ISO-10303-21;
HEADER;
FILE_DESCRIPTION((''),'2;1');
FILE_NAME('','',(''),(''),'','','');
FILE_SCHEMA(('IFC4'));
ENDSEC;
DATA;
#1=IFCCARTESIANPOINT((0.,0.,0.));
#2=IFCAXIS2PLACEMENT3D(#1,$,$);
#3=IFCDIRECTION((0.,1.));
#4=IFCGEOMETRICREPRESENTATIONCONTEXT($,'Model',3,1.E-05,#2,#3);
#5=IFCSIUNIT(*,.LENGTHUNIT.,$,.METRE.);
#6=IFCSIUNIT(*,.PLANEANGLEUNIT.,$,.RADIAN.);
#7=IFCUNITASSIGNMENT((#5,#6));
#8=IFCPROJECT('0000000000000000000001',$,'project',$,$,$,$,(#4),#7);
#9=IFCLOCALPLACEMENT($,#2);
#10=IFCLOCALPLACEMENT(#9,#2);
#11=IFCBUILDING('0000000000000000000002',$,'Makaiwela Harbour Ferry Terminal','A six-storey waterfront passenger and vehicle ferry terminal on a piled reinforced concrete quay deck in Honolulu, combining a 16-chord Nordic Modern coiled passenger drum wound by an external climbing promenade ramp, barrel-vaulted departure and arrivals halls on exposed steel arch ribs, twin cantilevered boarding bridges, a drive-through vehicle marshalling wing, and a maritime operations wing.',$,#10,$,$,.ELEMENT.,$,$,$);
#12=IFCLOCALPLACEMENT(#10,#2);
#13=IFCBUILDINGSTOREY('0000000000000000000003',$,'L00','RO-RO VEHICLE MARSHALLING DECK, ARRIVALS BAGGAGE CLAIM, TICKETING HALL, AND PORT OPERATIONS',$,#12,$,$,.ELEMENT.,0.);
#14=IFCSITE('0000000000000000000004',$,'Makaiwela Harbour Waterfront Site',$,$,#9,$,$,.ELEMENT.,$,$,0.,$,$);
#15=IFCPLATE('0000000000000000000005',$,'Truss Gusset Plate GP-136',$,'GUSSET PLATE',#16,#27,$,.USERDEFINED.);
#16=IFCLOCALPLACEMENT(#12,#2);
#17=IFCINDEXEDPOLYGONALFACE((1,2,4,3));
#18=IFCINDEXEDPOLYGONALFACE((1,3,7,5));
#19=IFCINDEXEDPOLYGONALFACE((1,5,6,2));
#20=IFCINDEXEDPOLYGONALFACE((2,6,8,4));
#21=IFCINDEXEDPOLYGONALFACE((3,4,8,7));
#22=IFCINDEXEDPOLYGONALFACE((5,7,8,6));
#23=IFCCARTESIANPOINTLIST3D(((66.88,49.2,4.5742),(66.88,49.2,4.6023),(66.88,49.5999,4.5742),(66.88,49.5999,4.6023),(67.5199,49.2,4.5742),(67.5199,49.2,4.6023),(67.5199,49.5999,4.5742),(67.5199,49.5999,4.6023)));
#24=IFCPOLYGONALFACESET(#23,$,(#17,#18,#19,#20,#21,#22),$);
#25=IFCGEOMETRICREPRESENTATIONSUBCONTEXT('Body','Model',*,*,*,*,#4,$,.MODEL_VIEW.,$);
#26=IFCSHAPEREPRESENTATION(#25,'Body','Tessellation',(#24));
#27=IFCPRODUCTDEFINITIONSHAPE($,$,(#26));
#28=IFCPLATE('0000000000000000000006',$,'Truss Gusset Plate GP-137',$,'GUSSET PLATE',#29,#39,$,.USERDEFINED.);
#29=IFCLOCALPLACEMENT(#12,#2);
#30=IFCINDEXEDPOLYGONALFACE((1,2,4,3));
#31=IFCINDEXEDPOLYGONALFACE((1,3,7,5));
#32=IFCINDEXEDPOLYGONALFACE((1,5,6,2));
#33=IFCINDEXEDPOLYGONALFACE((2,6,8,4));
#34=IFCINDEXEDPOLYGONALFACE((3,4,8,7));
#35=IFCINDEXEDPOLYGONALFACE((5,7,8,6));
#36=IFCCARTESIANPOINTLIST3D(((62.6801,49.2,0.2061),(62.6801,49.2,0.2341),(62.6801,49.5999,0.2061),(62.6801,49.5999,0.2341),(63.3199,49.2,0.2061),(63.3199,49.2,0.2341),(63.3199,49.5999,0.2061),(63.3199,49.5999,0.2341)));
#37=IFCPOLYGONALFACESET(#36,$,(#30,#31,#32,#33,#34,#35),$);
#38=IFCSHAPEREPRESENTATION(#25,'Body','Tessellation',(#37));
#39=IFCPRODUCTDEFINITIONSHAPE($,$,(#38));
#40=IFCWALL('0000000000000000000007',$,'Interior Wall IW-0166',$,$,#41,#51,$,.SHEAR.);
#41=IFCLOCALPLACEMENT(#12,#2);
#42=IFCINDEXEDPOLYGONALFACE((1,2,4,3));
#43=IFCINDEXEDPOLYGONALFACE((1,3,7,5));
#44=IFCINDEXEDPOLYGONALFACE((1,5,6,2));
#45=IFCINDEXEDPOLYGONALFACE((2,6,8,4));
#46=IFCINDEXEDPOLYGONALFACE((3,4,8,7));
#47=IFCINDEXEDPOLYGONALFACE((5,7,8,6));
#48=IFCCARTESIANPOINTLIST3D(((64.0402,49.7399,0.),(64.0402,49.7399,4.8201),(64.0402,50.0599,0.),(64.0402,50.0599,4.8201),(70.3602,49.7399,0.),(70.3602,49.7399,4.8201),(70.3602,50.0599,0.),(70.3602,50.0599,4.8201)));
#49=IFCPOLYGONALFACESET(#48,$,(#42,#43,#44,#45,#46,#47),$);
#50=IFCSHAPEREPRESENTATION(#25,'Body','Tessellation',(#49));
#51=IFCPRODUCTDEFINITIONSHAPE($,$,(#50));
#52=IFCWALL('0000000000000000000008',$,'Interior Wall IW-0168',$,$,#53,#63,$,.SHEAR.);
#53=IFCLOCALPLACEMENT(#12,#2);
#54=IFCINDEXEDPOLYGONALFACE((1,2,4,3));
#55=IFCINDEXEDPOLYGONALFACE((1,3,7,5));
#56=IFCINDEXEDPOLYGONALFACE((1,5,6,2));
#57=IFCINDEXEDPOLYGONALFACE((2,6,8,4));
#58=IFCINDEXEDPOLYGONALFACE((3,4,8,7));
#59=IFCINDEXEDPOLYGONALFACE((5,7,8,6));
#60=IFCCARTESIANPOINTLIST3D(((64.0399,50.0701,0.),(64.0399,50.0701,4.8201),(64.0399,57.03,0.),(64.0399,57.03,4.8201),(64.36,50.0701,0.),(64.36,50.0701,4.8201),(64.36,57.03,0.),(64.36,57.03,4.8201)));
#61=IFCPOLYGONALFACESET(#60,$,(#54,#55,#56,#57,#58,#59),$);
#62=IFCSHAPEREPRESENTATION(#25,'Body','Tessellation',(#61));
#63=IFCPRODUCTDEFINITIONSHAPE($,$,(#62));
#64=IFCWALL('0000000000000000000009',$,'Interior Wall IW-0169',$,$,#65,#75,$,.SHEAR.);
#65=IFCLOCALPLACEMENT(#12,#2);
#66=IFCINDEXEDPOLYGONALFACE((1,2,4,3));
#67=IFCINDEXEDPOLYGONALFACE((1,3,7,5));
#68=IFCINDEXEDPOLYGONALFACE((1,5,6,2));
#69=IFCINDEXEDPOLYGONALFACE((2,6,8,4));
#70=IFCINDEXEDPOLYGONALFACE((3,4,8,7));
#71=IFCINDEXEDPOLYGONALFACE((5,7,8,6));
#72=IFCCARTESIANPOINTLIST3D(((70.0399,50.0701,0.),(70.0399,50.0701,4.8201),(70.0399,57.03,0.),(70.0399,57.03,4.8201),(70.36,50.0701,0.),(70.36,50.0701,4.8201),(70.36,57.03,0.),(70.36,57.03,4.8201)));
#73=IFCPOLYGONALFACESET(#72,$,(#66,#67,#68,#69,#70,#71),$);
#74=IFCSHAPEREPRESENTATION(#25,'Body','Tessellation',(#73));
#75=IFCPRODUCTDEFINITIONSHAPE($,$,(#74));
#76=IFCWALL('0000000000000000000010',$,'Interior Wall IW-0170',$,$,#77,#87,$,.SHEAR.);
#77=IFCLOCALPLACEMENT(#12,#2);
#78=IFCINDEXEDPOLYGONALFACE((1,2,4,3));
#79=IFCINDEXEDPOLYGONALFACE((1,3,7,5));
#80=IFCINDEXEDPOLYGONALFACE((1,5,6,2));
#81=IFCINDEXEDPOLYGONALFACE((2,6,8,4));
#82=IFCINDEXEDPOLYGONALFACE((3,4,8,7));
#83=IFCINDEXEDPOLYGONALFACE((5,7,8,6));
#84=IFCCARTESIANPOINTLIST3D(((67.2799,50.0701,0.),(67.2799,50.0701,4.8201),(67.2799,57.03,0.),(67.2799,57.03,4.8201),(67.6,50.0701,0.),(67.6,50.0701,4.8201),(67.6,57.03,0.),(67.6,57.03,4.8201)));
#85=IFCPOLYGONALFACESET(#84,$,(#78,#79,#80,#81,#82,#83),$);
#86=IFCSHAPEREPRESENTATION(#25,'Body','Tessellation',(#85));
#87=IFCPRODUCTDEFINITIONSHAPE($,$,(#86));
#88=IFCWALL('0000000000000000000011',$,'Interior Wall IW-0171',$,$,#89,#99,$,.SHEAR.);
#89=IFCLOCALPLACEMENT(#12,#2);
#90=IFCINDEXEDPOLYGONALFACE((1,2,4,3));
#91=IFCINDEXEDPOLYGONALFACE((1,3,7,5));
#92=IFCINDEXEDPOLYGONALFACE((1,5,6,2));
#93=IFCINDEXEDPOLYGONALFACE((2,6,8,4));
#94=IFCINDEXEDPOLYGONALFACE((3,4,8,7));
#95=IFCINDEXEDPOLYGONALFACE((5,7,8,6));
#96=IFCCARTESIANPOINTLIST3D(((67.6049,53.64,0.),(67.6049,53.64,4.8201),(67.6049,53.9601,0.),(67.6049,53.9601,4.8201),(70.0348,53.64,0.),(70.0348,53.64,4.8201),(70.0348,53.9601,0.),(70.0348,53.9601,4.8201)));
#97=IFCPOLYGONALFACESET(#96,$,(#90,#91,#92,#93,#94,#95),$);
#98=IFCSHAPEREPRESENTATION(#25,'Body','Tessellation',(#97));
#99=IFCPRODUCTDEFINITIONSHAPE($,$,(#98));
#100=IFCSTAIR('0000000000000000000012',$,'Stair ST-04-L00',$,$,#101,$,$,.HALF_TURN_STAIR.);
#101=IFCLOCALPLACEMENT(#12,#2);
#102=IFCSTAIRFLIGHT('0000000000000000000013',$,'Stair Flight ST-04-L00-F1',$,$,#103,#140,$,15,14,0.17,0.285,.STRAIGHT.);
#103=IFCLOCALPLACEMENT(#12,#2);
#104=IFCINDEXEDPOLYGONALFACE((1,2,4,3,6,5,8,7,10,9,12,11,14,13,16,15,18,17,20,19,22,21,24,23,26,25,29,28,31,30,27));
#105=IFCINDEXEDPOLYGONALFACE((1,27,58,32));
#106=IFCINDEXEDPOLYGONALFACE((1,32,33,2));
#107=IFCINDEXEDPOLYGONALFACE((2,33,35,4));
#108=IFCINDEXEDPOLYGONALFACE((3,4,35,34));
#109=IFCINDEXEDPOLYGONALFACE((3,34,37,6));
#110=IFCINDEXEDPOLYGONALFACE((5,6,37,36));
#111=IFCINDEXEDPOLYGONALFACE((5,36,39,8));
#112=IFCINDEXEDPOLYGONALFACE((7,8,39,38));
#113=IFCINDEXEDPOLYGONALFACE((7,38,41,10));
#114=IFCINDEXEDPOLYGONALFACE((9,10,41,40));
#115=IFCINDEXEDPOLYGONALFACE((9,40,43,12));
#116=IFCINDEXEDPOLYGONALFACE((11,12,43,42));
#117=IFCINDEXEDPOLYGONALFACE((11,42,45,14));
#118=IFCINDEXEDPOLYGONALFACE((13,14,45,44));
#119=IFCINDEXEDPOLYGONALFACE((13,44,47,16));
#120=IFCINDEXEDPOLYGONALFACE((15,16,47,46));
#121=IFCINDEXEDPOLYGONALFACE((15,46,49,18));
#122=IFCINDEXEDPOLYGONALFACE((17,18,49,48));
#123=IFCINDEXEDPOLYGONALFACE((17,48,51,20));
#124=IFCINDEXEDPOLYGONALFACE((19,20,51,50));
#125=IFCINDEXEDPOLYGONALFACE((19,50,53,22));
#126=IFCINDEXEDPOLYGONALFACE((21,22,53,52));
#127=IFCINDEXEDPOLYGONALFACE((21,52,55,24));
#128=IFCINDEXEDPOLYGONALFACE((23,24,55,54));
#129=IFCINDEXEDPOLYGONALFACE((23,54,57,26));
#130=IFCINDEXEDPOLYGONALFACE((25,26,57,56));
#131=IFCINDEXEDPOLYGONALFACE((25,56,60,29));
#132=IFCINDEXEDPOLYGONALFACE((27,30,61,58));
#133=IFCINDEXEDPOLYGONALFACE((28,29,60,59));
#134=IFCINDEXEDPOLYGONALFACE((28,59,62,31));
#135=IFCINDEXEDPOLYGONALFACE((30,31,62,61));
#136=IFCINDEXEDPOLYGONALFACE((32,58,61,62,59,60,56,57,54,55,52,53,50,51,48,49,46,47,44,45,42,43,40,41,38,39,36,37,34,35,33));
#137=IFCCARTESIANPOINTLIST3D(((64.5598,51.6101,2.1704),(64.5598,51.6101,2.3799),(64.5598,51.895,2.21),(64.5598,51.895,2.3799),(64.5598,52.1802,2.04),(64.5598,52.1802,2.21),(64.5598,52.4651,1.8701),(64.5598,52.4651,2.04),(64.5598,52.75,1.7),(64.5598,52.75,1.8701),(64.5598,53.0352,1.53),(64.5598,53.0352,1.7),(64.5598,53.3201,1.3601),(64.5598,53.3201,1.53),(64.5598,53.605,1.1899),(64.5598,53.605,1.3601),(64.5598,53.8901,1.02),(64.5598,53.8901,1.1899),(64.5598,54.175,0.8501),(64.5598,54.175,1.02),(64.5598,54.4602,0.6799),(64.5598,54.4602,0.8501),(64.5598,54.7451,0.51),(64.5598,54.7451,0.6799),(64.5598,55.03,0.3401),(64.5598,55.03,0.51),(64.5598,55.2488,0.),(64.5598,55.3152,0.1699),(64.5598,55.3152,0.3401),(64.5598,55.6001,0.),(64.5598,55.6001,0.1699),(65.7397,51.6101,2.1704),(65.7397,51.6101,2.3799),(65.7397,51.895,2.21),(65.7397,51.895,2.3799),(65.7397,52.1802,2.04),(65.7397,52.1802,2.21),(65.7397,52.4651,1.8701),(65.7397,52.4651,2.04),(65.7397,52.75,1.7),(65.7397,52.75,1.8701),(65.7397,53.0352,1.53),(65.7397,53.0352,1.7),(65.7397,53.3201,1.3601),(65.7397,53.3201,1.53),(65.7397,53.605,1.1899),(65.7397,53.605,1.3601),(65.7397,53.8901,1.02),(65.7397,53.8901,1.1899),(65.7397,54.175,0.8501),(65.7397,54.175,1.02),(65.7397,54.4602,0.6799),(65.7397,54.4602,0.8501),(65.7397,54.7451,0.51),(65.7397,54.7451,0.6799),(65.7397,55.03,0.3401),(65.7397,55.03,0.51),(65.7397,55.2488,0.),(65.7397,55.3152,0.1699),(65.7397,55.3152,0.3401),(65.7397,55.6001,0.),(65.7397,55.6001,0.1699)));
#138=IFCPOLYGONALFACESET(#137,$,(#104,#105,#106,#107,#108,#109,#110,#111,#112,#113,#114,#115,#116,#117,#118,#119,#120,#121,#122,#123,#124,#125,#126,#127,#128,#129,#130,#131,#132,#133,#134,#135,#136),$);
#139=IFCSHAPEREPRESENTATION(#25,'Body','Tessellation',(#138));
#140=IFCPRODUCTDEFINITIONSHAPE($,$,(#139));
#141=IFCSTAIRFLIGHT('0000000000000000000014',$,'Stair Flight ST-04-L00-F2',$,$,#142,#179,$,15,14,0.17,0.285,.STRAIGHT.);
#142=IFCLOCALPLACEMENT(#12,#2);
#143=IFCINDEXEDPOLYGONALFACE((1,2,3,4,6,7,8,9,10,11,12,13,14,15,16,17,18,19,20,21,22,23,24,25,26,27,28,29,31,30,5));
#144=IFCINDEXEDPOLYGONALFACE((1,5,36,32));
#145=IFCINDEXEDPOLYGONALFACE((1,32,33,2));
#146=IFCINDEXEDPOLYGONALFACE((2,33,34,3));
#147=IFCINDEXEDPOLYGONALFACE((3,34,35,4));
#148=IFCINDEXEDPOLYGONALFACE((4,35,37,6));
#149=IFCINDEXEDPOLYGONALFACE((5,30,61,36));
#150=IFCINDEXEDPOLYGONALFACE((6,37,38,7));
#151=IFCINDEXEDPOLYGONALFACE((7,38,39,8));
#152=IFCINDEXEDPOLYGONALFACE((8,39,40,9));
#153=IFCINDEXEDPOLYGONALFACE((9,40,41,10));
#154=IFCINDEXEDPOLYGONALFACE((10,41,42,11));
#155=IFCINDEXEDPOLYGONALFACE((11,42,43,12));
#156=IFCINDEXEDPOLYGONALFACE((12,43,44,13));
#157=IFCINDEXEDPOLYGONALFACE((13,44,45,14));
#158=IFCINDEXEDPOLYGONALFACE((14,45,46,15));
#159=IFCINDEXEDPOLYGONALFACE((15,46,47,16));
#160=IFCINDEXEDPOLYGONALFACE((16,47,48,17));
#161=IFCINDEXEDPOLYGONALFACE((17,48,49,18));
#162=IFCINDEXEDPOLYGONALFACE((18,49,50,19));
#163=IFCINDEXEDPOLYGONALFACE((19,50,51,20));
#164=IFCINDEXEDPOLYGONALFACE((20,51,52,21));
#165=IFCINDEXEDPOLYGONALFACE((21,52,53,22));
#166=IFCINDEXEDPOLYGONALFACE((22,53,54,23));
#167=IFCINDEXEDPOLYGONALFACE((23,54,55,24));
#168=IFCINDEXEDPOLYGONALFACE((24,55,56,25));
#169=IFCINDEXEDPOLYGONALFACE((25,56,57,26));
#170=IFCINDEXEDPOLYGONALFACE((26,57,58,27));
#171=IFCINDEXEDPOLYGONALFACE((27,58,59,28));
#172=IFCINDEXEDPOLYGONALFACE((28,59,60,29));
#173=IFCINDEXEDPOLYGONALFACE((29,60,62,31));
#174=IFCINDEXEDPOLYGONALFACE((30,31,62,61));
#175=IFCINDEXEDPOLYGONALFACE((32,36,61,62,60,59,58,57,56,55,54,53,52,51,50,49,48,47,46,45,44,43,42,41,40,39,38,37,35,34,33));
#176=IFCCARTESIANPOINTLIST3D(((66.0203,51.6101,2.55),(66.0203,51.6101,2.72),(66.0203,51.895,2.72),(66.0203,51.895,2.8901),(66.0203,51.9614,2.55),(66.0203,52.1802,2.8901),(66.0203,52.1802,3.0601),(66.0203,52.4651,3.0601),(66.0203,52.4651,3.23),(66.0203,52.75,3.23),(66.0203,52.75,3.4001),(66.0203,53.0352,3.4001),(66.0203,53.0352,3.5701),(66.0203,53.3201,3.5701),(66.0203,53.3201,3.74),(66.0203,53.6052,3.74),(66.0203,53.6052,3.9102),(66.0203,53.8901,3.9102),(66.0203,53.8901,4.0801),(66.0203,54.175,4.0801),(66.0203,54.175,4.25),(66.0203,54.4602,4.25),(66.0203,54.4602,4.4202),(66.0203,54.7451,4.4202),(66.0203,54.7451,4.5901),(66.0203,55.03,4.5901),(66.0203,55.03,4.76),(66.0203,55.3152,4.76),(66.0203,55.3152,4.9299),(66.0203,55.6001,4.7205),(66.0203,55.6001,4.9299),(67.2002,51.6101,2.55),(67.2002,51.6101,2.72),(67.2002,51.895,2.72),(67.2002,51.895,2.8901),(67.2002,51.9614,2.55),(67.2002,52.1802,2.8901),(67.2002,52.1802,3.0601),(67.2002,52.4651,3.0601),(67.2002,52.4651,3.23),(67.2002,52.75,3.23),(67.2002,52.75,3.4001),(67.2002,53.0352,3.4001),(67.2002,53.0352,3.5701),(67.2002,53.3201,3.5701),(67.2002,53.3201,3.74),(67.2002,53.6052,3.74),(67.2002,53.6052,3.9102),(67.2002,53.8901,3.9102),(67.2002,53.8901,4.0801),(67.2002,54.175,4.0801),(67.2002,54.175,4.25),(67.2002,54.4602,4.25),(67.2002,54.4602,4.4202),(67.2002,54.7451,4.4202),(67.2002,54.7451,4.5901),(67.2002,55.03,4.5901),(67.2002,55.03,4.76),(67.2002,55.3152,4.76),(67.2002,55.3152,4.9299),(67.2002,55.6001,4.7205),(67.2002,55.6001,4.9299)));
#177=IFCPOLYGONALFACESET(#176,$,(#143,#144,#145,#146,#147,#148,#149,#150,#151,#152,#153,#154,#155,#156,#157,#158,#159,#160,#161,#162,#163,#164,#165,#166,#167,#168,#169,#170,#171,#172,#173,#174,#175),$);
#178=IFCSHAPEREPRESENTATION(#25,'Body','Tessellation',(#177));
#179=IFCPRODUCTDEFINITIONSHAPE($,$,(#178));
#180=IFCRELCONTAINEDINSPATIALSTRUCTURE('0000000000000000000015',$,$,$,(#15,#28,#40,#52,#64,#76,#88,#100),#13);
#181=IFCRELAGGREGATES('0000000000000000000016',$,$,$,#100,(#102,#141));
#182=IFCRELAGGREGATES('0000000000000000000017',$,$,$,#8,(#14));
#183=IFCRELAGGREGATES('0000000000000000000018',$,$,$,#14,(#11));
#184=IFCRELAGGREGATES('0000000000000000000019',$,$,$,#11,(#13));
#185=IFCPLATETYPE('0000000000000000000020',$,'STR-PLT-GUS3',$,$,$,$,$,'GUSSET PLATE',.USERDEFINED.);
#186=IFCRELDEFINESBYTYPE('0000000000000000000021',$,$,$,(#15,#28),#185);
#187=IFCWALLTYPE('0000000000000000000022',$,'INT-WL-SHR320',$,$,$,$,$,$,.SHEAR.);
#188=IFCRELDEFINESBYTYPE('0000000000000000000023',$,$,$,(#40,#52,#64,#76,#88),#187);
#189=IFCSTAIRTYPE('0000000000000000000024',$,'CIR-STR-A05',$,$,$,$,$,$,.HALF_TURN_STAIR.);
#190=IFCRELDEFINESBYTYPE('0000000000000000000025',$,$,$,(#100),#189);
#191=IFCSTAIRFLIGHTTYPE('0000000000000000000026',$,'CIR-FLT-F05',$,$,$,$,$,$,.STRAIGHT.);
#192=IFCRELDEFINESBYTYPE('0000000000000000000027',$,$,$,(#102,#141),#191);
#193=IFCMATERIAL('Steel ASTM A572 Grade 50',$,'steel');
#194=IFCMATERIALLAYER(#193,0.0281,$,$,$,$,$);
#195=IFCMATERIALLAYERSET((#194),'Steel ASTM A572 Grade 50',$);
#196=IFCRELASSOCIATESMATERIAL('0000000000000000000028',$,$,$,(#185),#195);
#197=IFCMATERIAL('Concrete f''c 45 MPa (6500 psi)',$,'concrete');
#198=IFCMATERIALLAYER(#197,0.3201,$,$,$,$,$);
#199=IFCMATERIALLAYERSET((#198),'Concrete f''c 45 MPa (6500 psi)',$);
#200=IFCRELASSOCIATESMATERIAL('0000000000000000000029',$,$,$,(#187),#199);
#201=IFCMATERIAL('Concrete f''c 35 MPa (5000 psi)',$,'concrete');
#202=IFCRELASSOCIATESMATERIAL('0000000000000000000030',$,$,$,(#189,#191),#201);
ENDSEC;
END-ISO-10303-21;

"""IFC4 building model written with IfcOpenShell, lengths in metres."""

from ifc_helpers import new_model, si_unit, direction, frame, frame_2d, origin, origin_2d, place, context, subcontext, project, spatial, polyline, rectangle, outline, extrude, material, layer, layer_set, type_object, element, aggregate, save


model = new_model("IFC4")

# Units and contexts
model_context = context("Model", 3, precision=1e-05, world=origin(), true_north=direction((0.0, 1.0)))
body_context = subcontext(model_context, "Body", "Model", "MODEL_VIEW")
ifc_project = project(units=[si_unit("LENGTHUNIT", "METRE"), si_unit("PLANEANGLEUNIT", "RADIAN")], contexts=[model_context])

# Site, building, storey
site_placement = place(None, origin())
site = spatial("IfcSite", under=ifc_project, at=site_placement, Name="Makaiwela Harbour Waterfront Site", CompositionType="ELEMENT", RefElevation=0.0)
building_placement = place(site_placement, origin())
building = spatial("IfcBuilding", under=site, at=building_placement, Name="Makaiwela Harbour Ferry Terminal", Description="A six-storey waterfront passenger and vehicle ferry terminal on a piled reinforced concrete quay deck in Honolulu, combining a 16-chord Nordic Modern coiled passenger drum wound by an external climbing promenade ramp, barrel-vaulted departure and arrivals halls on exposed steel arch ribs, twin cantilevered boarding bridges, a drive-through vehicle marshalling wing, and a maritime operations wing.", CompositionType="ELEMENT")
storey_placement = place(building_placement, origin())
storey = spatial("IfcBuildingStorey", under=building, at=storey_placement, Name="L00", Description="RO-RO VEHICLE MARSHALLING DECK, ARRIVALS BAGGAGE CLAIM, TICKETING HALL, AND PORT OPERATIONS", CompositionType="ELEMENT", Elevation=0.0)

# Shared definitions
ifc_material_1 = material(Name="Concrete f'c 45 MPa (6500 psi)", Category="concrete")

# Plates
ifc_material_2 = material(Name="Steel ASTM A572 Grade 50", Category="steel")
ifc_layer_1 = layer(ifc_material_2, 0.0281)
ifc_layer_set_1 = layer_set([ifc_layer_1], Name="Steel ASTM A572 Grade 50")
plate_type = type_object("IfcPlateType", Name="STR-PLT-GUS3", ElementType="GUSSET PLATE", PredefinedType="USERDEFINED", material=ifc_layer_set_1)
for number, where, z_axis, x_axis, name in (
    (1, (67.2, 49.3999, 4.5742), (0.0, 0.0, 1.0), (1.0, 0.0, 0.0), "Truss Gusset Plate GP-136"),
    (2, (63.0, 49.3999, 0.2061), (0.0, 0.0, 1.0), (1.0, 0.0, 0.0), "Truss Gusset Plate GP-137"),
):
    element("IfcPlate", number, at=place(storey_placement, frame(where, z_axis=z_axis, x_axis=x_axis)), inside=storey, type_object=plate_type, Name=name, ObjectType="GUSSET PLATE", PredefinedType="USERDEFINED", context=body_context, shape_type="SweptSolid", body=[
        extrude(rectangle(XDim=0.6399, YDim=0.3999, at=origin_2d()), origin(), (0.0, 0.0, 1.0), 0.0281),
    ])

# Walls
ifc_layer_2 = layer(ifc_material_1, 0.3201)
ifc_layer_set_2 = layer_set([ifc_layer_2], Name="Concrete f'c 45 MPa (6500 psi)")
wall_type = type_object("IfcWallType", Name="INT-WL-SHR320", PredefinedType="SHEAR", material=ifc_layer_set_2)
wall_1_placement = place(storey_placement, frame((64.04, 49.8999, 0.0), z_axis=(0.0, 0.0, 1.0), x_axis=(1.0, 0.0, 0.0)))
element("IfcWall", 3, at=wall_1_placement, inside=storey, type_object=wall_type, Name="Interior Wall IW-0166", PredefinedType="SHEAR", context=body_context, shape_type="SweptSolid", body=[
    extrude(rectangle(XDim=6.3201, YDim=0.3201, at=frame_2d((3.1602, 0.0))), origin(), (0.0, 0.0, 1.0), 4.8201),
])
for number, where, z_axis, x_axis, name in (
    (4, (64.2, 50.0701, 0.0), (0.0, 0.0, 1.0), (0.0, 1.0, 0.0), "Interior Wall IW-0168"),
    (5, (70.2, 50.0701, 0.0), (0.0, 0.0, 1.0), (0.0, 1.0, 0.0), "Interior Wall IW-0169"),
    (6, (67.4399, 50.0701, 0.0), (0.0, 0.0, 1.0), (0.0, 1.0, 0.0), "Interior Wall IW-0170"),
):
    element("IfcWall", number, at=place(storey_placement, frame(where, z_axis=z_axis, x_axis=x_axis)), inside=storey, type_object=wall_type, Name=name, PredefinedType="SHEAR", context=body_context, shape_type="SweptSolid", body=[
        extrude(rectangle(XDim=6.96, YDim=0.3201, at=frame_2d((3.48, 0.0))), origin(), (0.0, 0.0, 1.0), 4.8201),
    ])
wall_2_placement = place(storey_placement, frame((67.605, 53.8, 0.0), z_axis=(0.0, 0.0, 1.0), x_axis=(1.0, 0.0, 0.0)))
element("IfcWall", 7, at=wall_2_placement, inside=storey, type_object=wall_type, Name="Interior Wall IW-0171", PredefinedType="SHEAR", context=body_context, shape_type="SweptSolid", body=[
    extrude(rectangle(XDim=2.4299, YDim=0.3201, at=frame_2d((1.2148, 0.0))), origin(), (0.0, 0.0, 1.0), 4.8201),
])

# Stair, stair flights
ifc_material_3 = material(Name="Concrete f'c 35 MPa (5000 psi)", Category="concrete")
stair_type = type_object("IfcStairType", Name="CIR-STR-A05", PredefinedType="HALF_TURN_STAIR", material=ifc_material_3)
stair_placement = place(storey_placement, origin())
stair = element("IfcStair", 8, at=stair_placement, inside=storey, type_object=stair_type, Name="Stair ST-04-L00", PredefinedType="HALF_TURN_STAIR")
stair_flight_type = type_object("IfcStairFlightType", Name="CIR-FLT-F05", PredefinedType="STRAIGHT", material=ifc_material_3)
stair_flight_1_placement = place(storey_placement, frame((65.1499, 55.6001, 0.0), z_axis=(0.0, 0.0, 1.0), x_axis=(0.0, -1.0, 0.0)))
stair_flight_1 = element("IfcStairFlight", 9, at=stair_flight_1_placement, type_object=stair_flight_type, Name="Stair Flight ST-04-L00-F1", NumberOfRisers=15, NumberOfTreads=14, PredefinedType="STRAIGHT", RiserHeight=0.17, TreadLength=0.285, context=body_context, shape_type="SweptSolid", body=[
    extrude(outline(polyline([(0.0, 0.0), (0.0, 0.1699), (0.2849, 0.1699), (0.2849, 0.3401), (0.5701, 0.3401), (0.5701, 0.51), (0.855, 0.51), (0.855, 0.6799), (1.1399, 0.6799), (1.1399, 0.8501), (1.425, 0.8501), (1.425, 1.02), (1.71, 1.02), (1.71, 1.1899), (1.9951, 1.1899), (1.9951, 1.3601), (2.28, 1.3601), (2.28, 1.53), (2.5649, 1.53), (2.5649, 1.7), (2.8501, 1.7), (2.8501, 1.8701), (3.135, 1.8701), (3.135, 2.04), (3.4199, 2.04), (3.4199, 2.21), (3.7051, 2.21), (3.7051, 2.3799), (3.99, 2.3799), (3.99, 2.55), (3.99, 2.1704), (0.3513, 0.0), (0.0, 0.0)])), frame((0.0, 0.5898, 0.0), z_axis=(0.0, -1.0, 0.0), x_axis=(1.0, 0.0, 0.0)), (0.0, 0.0, 1.0), 1.1799),
])
stair_flight_2_placement = place(storey_placement, frame((66.6101, 51.6101, 2.55), z_axis=(0.0, 0.0, 1.0), x_axis=(0.0, 1.0, 0.0)))
stair_flight_2 = element("IfcStairFlight", 10, at=stair_flight_2_placement, type_object=stair_flight_type, Name="Stair Flight ST-04-L00-F2", NumberOfRisers=15, NumberOfTreads=14, PredefinedType="STRAIGHT", RiserHeight=0.17, TreadLength=0.285, context=body_context, shape_type="SweptSolid", body=[
    extrude(outline(polyline([(0.0, 0.0), (0.0, 0.1699), (0.2849, 0.1699), (0.2849, 0.3401), (0.5701, 0.3401), (0.5701, 0.51), (0.855, 0.51), (0.855, 0.6799), (1.1399, 0.6799), (1.1399, 0.8501), (1.425, 0.8501), (1.425, 1.02), (1.71, 1.02), (1.71, 1.1899), (1.9951, 1.1899), (1.9951, 1.3601), (2.28, 1.3601), (2.28, 1.53), (2.5649, 1.53), (2.5649, 1.7), (2.8501, 1.7), (2.8501, 1.8701), (3.135, 1.8701), (3.135, 2.04), (3.4199, 2.04), (3.4199, 2.21), (3.7051, 2.21), (3.7051, 2.3799), (3.99, 2.3799), (3.99, 2.55), (3.99, 2.1704), (0.3513, 0.0), (0.0, 0.0)])), frame((0.0, 0.5898, 0.0), z_axis=(0.0, -1.0, 0.0), x_axis=(1.0, 0.0, 0.0)), (0.0, 0.0, 1.0), 1.1799),
])
aggregate(stair, [stair_flight_1, stair_flight_2])

save(model, "model.ifc")
